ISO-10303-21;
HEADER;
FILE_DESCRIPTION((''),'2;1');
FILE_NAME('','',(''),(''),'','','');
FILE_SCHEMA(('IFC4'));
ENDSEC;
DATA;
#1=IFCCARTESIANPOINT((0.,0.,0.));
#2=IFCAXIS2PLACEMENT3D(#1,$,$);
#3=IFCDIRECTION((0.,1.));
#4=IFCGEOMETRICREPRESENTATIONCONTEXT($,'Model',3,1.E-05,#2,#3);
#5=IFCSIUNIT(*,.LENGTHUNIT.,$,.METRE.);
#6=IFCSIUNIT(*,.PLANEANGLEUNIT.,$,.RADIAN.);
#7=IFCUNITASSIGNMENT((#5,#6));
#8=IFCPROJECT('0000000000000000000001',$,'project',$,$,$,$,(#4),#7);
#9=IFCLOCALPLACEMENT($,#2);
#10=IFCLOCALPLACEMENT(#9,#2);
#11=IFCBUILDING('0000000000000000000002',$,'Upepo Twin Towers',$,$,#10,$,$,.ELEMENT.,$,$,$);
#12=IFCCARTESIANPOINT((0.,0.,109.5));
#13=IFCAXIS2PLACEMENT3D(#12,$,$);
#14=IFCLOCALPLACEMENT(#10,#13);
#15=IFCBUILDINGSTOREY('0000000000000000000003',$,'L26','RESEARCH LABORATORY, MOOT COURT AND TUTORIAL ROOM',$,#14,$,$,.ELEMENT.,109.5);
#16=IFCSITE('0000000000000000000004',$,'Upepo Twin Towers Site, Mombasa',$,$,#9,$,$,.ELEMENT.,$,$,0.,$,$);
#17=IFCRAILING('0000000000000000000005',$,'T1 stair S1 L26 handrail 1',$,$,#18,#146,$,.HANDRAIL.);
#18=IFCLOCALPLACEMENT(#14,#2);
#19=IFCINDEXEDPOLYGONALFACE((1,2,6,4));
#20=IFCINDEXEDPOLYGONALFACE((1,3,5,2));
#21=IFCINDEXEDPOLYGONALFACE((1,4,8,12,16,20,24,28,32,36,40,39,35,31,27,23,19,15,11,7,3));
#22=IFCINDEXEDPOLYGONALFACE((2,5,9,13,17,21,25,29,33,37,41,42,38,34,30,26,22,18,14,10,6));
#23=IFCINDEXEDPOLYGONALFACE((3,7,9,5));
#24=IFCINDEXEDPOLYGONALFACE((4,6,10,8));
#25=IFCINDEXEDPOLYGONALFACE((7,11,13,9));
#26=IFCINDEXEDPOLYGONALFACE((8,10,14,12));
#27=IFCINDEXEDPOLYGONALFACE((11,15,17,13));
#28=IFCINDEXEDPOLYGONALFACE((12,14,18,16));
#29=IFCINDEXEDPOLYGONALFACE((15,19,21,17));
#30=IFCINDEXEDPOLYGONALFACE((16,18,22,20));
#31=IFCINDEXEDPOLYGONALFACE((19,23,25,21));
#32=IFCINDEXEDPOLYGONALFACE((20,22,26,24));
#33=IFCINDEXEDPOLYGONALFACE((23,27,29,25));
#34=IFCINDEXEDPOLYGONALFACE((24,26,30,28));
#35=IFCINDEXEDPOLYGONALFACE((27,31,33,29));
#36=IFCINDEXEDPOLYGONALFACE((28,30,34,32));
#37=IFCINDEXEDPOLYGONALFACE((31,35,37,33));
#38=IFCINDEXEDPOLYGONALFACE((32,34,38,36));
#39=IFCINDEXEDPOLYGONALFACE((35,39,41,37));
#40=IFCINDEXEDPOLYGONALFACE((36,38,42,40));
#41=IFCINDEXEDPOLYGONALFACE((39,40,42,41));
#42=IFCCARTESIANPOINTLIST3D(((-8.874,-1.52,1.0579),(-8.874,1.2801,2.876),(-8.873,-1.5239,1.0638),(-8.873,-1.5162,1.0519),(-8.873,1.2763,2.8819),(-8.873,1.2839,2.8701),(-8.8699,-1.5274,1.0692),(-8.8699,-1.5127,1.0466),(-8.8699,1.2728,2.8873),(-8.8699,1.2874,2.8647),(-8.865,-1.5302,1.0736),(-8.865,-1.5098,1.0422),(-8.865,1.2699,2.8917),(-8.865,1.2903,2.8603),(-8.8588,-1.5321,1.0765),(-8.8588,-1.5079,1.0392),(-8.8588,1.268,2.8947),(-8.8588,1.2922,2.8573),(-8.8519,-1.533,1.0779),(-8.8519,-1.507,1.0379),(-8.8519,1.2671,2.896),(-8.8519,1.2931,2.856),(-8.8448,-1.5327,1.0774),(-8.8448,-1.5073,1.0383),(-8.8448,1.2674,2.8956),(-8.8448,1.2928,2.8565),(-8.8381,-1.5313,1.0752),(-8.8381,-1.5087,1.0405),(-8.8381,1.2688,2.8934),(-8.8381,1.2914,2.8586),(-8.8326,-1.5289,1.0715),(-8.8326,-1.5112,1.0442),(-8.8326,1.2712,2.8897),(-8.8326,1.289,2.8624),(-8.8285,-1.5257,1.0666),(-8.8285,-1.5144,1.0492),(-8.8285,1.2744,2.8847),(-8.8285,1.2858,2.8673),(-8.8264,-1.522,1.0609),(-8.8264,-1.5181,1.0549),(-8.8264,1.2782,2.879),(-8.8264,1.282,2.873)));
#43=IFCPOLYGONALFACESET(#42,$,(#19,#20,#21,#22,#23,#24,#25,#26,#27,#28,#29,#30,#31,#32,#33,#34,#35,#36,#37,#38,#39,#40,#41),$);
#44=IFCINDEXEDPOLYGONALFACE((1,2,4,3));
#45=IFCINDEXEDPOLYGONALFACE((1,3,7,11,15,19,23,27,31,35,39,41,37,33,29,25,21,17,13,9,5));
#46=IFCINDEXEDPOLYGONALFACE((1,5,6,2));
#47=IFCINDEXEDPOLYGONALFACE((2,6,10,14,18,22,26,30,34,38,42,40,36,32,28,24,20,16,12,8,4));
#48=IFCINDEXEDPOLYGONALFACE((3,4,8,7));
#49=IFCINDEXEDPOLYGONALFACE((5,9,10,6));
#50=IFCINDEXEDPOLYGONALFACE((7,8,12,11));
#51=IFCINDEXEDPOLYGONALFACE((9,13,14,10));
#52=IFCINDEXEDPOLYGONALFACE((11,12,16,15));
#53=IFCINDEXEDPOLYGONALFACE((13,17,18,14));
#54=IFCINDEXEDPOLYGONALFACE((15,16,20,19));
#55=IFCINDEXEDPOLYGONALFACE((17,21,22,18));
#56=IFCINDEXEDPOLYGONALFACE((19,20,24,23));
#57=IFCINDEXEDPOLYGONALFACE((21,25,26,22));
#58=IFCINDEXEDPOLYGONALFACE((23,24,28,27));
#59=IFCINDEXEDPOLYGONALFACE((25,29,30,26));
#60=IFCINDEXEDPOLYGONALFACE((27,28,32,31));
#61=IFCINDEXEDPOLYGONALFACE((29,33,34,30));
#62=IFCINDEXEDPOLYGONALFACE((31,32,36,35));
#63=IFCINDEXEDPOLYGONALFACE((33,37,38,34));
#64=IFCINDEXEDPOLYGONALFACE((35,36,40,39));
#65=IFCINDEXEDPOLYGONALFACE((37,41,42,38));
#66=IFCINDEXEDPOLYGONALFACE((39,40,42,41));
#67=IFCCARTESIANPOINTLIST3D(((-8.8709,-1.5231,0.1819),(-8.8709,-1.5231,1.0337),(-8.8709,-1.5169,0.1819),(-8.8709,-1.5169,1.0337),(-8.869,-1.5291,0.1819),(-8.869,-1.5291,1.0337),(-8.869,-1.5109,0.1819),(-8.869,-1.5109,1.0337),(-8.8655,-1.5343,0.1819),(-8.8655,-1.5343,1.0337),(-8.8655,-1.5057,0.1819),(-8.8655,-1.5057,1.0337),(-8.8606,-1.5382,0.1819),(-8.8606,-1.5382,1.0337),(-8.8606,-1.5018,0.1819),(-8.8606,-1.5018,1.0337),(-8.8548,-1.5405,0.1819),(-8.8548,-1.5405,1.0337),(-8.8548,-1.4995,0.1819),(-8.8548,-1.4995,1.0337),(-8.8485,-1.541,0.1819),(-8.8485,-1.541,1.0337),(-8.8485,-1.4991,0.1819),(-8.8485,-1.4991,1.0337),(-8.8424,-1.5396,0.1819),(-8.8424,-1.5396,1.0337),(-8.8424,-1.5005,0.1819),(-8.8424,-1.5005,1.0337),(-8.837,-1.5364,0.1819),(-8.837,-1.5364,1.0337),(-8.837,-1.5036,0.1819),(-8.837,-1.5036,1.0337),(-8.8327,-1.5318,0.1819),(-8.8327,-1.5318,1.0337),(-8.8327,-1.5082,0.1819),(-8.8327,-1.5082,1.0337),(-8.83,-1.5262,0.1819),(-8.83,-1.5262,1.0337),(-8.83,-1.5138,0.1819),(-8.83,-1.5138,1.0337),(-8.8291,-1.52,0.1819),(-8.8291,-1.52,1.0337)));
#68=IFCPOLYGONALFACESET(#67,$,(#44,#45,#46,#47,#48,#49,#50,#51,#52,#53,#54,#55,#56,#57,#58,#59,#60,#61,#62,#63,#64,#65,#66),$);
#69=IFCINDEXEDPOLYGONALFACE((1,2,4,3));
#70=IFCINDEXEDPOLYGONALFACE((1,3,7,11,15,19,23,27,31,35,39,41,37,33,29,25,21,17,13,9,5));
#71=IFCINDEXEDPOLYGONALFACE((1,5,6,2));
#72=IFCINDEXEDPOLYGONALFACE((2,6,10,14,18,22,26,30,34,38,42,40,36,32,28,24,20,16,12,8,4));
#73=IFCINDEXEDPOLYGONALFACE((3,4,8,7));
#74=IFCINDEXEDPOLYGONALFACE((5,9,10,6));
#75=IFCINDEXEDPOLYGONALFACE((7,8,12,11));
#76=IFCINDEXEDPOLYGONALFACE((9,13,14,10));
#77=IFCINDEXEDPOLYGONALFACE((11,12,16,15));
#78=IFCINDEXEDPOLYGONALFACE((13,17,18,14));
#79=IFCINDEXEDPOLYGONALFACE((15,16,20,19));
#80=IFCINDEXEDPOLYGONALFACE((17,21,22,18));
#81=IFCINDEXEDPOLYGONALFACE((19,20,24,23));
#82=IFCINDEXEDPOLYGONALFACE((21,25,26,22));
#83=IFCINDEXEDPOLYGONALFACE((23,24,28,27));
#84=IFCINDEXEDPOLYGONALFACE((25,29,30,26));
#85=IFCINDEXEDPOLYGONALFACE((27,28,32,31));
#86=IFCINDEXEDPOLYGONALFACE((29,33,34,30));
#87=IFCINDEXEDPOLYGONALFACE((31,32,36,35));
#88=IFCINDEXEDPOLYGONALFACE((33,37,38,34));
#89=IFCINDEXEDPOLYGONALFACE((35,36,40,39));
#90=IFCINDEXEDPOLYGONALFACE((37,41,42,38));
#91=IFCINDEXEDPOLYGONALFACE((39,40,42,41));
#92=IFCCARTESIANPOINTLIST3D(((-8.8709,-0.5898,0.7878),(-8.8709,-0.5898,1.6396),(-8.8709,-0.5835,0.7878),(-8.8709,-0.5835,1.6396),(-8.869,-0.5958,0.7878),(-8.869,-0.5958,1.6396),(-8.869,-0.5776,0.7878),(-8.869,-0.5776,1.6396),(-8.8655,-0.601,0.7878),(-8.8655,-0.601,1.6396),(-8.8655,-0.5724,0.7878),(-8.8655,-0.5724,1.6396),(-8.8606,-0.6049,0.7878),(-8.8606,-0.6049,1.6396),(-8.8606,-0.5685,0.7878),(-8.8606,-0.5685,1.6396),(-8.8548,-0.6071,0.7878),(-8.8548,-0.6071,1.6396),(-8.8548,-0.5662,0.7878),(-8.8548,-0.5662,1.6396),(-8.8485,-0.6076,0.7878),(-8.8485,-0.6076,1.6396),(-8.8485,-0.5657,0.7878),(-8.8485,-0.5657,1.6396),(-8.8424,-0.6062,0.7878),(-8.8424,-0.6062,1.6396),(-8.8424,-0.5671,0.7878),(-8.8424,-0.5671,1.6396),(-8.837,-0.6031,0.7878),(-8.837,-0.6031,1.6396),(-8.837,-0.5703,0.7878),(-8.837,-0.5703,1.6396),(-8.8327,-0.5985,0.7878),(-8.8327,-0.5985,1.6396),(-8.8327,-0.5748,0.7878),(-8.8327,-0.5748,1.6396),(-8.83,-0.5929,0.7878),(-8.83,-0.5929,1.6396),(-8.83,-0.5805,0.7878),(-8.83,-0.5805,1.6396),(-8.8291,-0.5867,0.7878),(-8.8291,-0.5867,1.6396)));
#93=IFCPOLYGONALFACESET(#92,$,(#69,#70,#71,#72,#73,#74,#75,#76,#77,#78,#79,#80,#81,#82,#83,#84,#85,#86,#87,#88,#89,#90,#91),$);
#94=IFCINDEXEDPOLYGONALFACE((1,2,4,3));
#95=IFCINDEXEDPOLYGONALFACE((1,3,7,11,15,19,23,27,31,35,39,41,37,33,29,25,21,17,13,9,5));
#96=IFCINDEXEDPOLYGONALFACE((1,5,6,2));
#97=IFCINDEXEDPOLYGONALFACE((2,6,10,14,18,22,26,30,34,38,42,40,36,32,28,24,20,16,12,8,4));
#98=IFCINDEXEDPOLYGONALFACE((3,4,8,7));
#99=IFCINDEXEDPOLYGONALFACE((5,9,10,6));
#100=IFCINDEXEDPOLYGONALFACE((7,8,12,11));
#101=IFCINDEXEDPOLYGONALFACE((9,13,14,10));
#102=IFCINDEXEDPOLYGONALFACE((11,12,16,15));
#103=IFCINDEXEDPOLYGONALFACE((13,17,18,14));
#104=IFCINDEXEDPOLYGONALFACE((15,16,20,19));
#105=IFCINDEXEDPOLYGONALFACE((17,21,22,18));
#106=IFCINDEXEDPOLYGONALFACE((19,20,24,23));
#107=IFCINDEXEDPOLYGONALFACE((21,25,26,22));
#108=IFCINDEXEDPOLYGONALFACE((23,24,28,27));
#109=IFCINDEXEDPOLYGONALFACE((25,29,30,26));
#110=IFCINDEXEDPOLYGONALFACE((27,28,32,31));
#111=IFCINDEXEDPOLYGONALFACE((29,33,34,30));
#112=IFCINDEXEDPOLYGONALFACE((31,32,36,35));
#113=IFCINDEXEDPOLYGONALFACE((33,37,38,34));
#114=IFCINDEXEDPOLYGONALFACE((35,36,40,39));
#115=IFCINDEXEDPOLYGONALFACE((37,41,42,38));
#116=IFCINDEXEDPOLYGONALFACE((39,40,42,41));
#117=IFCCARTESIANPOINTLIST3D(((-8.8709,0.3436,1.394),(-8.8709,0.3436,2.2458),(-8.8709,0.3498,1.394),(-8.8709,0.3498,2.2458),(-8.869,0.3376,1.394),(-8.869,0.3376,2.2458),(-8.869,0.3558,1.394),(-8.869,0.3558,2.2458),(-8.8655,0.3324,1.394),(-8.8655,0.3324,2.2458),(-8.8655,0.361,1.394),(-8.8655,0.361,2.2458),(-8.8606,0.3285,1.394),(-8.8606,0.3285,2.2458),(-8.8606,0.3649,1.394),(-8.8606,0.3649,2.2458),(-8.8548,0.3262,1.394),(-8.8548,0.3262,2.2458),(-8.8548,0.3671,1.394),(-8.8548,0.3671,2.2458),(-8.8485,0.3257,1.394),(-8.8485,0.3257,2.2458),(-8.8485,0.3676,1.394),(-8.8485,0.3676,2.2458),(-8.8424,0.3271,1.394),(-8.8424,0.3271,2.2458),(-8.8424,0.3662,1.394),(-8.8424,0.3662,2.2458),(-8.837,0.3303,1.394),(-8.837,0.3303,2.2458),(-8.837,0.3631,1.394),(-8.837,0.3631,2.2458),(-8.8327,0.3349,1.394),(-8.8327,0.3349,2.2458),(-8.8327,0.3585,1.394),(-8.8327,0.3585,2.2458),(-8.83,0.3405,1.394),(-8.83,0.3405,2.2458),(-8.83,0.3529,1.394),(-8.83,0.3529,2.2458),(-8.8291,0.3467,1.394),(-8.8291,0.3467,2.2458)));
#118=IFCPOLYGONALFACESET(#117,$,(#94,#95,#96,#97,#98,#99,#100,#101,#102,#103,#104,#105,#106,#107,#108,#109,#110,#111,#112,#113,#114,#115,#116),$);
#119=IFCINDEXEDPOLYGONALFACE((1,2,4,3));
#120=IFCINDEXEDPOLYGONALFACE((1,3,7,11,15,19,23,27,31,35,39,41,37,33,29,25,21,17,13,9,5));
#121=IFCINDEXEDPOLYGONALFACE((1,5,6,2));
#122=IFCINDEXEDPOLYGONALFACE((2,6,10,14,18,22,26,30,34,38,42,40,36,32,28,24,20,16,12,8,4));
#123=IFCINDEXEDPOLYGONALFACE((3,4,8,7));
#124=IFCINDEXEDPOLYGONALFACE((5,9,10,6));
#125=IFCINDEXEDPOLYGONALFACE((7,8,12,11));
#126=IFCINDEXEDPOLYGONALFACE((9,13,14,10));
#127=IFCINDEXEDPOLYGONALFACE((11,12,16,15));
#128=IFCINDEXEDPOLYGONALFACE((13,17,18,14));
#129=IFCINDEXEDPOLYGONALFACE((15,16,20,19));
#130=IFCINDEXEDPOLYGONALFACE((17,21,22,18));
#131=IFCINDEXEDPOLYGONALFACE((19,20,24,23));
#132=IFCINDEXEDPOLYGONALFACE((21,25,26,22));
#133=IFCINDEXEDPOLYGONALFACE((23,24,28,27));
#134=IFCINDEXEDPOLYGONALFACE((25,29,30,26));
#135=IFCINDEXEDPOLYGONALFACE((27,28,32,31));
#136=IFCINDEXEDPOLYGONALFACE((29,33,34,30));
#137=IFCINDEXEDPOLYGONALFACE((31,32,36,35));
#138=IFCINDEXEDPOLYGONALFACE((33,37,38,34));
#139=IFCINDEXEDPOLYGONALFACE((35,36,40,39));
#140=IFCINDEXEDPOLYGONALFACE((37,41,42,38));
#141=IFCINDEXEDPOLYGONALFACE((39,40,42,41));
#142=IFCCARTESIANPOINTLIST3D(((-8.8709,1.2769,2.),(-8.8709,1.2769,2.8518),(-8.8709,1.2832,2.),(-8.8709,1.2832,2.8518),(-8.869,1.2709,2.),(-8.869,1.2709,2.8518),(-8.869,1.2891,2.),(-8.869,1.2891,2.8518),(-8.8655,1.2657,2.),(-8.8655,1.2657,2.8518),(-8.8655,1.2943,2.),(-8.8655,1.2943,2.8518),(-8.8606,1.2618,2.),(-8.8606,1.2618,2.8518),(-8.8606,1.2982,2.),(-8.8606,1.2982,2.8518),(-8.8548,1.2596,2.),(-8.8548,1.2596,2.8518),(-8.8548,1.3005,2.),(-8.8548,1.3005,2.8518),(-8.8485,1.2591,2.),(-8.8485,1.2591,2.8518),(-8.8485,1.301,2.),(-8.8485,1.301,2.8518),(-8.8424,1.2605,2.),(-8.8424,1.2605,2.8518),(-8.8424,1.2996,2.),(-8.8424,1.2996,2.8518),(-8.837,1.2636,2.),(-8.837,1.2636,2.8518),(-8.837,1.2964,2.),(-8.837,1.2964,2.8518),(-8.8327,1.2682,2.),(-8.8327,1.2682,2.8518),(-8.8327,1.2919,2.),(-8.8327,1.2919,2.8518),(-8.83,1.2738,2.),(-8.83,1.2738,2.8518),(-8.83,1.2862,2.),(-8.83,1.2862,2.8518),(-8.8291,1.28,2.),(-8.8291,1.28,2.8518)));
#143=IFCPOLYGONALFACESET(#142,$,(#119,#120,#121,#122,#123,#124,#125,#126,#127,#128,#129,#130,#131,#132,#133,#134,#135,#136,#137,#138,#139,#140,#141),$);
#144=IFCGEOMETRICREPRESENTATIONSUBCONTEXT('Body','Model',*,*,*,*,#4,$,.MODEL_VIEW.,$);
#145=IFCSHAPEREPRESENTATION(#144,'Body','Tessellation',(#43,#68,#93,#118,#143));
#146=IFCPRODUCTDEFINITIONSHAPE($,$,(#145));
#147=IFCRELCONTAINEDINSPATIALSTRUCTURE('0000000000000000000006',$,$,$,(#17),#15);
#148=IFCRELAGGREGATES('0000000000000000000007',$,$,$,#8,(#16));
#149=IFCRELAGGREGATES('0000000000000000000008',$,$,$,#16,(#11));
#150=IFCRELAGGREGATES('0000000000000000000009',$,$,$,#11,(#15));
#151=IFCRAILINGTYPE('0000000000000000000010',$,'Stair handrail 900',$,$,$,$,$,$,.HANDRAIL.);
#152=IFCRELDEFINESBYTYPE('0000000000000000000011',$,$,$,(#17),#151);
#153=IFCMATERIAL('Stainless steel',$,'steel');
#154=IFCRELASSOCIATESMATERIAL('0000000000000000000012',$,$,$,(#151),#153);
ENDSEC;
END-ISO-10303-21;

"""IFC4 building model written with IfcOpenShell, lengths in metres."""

from ifc_helpers import new_model, si_unit, direction, frame, origin, origin_2d, place, context, subcontext, project, spatial, circle, extrude, material, type_object, element, save


model = new_model("IFC4")

# Units and contexts
model_context = context("Model", 3, precision=1e-05, world=origin(), true_north=direction((0.0, 1.0)))
body_context = subcontext(model_context, "Body", "Model", "MODEL_VIEW")
ifc_project = project(units=[si_unit("LENGTHUNIT", "METRE"), si_unit("PLANEANGLEUNIT", "RADIAN")], contexts=[model_context])

# Site, building, storey
site_placement = place(None, origin())
site = spatial("IfcSite", under=ifc_project, at=site_placement, Name="Upepo Twin Towers Site, Mombasa", CompositionType="ELEMENT", RefElevation=0.0)
building_placement = place(site_placement, origin())
building = spatial("IfcBuilding", under=site, at=building_placement, Name="Upepo Twin Towers", CompositionType="ELEMENT")
storey_placement = place(building_placement, frame((0.0, 0.0, 109.5)))
storey = spatial("IfcBuildingStorey", under=building, at=storey_placement, Name="L26", Description="RESEARCH LABORATORY, MOOT COURT AND TUTORIAL ROOM", CompositionType="ELEMENT", Elevation=109.5)

# Railing
ifc_material_1 = material(Name="Stainless steel", Category="steel")
railing_type = type_object("IfcRailingType", Name="Stair handrail 900", PredefinedType="HANDRAIL", material=ifc_material_1)
railing_1_placement = place(storey_placement, frame((-8.8501, -1.52, 0.1819)))
element("IfcRailing", 1, at=railing_1_placement, inside=storey, type_object=railing_type, Name="T1 stair S1 L26 handrail 1", PredefinedType="HANDRAIL", context=body_context, shape_type="SweptSolid", body=[
    extrude(circle(Radius=0.0239, at=origin_2d()), frame((0.0, 0.0, 0.876), z_axis=(0.0, 0.838706, 0.544585), x_axis=(-1.0, 0.0, 0.0)), (0.0, 0.0, 1.0), 3.3386),
    extrude(circle(Radius=0.021, at=origin_2d()), origin(), (0.0, 0.0, 1.0), 0.8518),
    extrude(circle(Radius=0.021, at=origin_2d()), frame((0.0, 0.9333, 0.606)), (0.0, 0.0, 1.0), 0.8518),
    extrude(circle(Radius=0.021, at=origin_2d()), frame((0.0, 1.8667, 1.2122)), (0.0, 0.0, 1.0), 0.8518),
    extrude(circle(Radius=0.021, at=origin_2d()), frame((0.0, 2.8, 1.8181)), (0.0, 0.0, 1.0), 0.8518),
])

save(model, "model.ifc")
